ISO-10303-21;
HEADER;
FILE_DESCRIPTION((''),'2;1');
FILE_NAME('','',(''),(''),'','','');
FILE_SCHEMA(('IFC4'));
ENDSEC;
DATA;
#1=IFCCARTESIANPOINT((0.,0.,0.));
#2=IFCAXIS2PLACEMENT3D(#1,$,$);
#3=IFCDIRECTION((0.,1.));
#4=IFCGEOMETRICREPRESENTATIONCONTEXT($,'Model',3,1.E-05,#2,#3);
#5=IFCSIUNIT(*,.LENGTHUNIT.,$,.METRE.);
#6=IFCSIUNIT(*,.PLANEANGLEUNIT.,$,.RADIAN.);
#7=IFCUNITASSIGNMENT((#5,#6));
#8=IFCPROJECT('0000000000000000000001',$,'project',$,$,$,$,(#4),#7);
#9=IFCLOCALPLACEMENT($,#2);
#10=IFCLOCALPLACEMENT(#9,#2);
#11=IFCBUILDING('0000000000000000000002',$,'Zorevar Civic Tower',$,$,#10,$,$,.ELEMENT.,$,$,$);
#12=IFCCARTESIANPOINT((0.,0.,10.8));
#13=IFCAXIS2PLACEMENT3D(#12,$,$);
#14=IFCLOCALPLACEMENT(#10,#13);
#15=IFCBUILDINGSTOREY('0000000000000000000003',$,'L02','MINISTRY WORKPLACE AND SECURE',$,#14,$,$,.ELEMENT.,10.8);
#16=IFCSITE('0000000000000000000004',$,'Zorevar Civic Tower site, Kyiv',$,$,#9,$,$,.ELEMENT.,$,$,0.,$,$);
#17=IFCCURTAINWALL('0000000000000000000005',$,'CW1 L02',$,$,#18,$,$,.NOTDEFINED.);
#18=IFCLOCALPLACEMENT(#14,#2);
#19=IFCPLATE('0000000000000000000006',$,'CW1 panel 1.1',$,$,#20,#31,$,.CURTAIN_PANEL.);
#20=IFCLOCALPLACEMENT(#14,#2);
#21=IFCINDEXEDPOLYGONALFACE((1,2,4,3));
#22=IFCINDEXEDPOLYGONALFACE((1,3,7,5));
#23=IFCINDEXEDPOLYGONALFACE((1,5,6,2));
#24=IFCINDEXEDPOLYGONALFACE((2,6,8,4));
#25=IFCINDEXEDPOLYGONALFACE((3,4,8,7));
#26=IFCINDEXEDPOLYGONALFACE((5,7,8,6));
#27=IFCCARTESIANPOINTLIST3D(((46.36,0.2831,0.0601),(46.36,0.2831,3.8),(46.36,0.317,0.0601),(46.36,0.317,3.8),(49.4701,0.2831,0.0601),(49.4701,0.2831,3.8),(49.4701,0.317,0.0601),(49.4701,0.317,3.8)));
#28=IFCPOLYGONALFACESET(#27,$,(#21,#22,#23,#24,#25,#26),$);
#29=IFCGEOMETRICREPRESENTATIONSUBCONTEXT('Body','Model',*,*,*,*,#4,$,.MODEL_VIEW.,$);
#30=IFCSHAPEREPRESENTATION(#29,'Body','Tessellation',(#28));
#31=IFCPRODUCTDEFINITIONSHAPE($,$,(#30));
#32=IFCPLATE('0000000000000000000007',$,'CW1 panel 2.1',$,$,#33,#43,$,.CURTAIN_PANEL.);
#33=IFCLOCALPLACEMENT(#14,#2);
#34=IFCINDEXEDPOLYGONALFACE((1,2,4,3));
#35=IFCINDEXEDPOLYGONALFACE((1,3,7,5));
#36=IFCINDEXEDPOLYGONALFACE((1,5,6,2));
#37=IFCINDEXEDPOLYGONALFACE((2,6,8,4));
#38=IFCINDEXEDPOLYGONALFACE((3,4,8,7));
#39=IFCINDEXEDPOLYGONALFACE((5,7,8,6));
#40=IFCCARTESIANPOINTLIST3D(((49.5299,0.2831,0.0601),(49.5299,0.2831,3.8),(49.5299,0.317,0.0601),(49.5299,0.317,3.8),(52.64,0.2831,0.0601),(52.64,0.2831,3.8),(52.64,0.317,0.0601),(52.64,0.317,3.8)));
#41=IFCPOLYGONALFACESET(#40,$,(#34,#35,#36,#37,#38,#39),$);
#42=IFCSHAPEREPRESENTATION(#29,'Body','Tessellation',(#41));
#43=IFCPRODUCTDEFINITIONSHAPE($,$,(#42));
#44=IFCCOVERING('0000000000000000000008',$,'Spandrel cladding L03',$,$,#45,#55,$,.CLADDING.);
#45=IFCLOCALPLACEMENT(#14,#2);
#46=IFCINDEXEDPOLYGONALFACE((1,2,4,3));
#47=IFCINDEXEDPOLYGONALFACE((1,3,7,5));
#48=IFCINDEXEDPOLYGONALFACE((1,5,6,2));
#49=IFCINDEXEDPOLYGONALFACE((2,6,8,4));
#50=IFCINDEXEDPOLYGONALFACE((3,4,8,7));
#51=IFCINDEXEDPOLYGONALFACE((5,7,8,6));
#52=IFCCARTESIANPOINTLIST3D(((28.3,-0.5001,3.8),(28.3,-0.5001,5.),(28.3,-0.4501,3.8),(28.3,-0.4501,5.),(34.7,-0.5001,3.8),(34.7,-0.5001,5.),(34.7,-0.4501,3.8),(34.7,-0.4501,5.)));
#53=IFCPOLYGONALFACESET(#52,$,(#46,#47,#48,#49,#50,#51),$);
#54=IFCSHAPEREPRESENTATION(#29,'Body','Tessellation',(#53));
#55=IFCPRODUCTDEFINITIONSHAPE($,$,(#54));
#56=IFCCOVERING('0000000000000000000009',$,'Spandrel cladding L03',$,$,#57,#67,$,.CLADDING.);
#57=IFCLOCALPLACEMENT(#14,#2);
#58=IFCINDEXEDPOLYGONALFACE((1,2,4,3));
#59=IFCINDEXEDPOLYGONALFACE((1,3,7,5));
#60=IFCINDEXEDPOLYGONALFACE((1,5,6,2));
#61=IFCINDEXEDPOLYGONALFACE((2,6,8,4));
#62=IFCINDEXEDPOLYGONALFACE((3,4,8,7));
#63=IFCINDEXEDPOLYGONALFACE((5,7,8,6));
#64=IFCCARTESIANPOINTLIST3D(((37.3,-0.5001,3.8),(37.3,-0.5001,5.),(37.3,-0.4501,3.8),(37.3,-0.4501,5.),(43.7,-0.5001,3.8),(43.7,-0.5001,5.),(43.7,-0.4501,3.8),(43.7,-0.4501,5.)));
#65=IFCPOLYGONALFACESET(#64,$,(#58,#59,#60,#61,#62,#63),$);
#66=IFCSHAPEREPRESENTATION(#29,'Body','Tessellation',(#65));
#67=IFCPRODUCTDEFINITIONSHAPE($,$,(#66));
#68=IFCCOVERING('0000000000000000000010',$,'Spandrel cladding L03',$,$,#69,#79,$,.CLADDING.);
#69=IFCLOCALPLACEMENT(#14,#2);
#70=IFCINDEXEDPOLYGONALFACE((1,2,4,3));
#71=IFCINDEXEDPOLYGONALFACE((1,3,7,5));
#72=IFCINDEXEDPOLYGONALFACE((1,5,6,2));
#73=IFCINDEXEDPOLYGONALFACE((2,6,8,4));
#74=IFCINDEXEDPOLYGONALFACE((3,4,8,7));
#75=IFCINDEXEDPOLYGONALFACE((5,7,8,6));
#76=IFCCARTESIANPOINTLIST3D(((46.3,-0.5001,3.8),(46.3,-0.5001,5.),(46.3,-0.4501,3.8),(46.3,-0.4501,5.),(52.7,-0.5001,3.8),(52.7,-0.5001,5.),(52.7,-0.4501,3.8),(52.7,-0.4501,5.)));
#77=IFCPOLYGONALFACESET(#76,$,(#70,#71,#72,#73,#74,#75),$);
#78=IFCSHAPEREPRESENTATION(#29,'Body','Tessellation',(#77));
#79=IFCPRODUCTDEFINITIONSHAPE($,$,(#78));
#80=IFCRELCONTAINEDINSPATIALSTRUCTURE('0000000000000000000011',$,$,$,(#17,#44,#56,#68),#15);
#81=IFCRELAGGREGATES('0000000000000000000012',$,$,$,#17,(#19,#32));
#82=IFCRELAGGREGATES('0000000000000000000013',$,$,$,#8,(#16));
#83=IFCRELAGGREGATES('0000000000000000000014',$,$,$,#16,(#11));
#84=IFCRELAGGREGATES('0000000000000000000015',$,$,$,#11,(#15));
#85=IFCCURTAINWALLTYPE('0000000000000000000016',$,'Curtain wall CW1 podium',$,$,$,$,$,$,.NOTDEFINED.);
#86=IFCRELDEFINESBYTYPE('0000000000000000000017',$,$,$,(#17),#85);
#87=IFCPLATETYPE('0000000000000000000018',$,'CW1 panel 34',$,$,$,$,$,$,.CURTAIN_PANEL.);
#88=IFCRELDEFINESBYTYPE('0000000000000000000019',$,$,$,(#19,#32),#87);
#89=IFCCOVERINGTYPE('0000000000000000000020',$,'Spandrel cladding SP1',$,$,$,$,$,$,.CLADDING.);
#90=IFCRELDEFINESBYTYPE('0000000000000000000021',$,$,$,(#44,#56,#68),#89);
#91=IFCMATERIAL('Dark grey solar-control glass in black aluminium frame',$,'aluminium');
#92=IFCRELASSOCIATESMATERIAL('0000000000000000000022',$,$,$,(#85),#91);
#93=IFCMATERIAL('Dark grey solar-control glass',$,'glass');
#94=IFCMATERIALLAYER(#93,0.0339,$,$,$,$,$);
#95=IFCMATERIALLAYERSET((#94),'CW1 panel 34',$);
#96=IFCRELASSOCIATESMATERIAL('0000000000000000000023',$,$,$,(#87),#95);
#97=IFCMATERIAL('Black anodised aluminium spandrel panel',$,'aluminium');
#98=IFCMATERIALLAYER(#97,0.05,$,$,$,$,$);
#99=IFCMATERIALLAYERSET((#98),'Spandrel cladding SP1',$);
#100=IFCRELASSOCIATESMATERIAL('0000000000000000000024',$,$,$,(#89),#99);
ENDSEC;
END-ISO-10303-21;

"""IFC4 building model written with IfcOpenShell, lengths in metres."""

from ifc_helpers import new_model, si_unit, direction, frame, frame_2d, origin, origin_2d, place, context, subcontext, project, spatial, rectangle, extrude, material, layer, layer_set, type_object, element, aggregate, save


model = new_model("IFC4")

# Units and contexts
model_context = context("Model", 3, precision=1e-05, world=origin(), true_north=direction((0.0, 1.0)))
body_context = subcontext(model_context, "Body", "Model", "MODEL_VIEW")
ifc_project = project(units=[si_unit("LENGTHUNIT", "METRE"), si_unit("PLANEANGLEUNIT", "RADIAN")], contexts=[model_context])

# Site, building, storey
site_placement = place(None, origin())
site = spatial("IfcSite", under=ifc_project, at=site_placement, Name="Zorevar Civic Tower site, Kyiv", CompositionType="ELEMENT", RefElevation=0.0)
building_placement = place(site_placement, origin())
building = spatial("IfcBuilding", under=site, at=building_placement, Name="Zorevar Civic Tower", CompositionType="ELEMENT")
storey_placement = place(building_placement, frame((0.0, 0.0, 10.8)))
storey = spatial("IfcBuildingStorey", under=building, at=storey_placement, Name="L02", Description="MINISTRY WORKPLACE AND SECURE", CompositionType="ELEMENT", Elevation=10.8)

# Curtain wall
ifc_material_1 = material(Name="Dark grey solar-control glass in black aluminium frame", Category="aluminium")
curtain_wall_type = type_object("IfcCurtainWallType", Name="Curtain wall CW1 podium", PredefinedType="NOTDEFINED", material=ifc_material_1)
curtain_wall_1_placement = place(storey_placement, origin())
curtain_wall_1 = element("IfcCurtainWall", 1, at=curtain_wall_1_placement, inside=storey, type_object=curtain_wall_type, Name="CW1 L02", PredefinedType="NOTDEFINED")

# Plates
ifc_material_2 = material(Name="Dark grey solar-control glass", Category="glass")
ifc_layer_1 = layer(ifc_material_2, 0.0339)
ifc_layer_set_1 = layer_set([ifc_layer_1], Name="CW1 panel 34")
plate_type = type_object("IfcPlateType", Name="CW1 panel 34", PredefinedType="CURTAIN_PANEL", material=ifc_layer_set_1)
plate_1_placement = place(storey_placement, frame((47.915, 0.3, 0.0601), z_axis=(0.0, 0.0, 1.0), x_axis=(1.0, 0.0, 0.0)))
plate_1 = element("IfcPlate", 2, at=plate_1_placement, type_object=plate_type, Name="CW1 panel 1.1", PredefinedType="CURTAIN_PANEL", context=body_context, shape_type="SweptSolid", body=[
    extrude(rectangle(XDim=3.1101, YDim=0.0339, at=origin_2d()), origin(), (0.0, 0.0, 1.0), 3.74),
])
plate_2_placement = place(storey_placement, frame((51.085, 0.3, 0.0601), z_axis=(0.0, 0.0, 1.0), x_axis=(1.0, 0.0, 0.0)))
plate_2 = element("IfcPlate", 3, at=plate_2_placement, type_object=plate_type, Name="CW1 panel 2.1", PredefinedType="CURTAIN_PANEL", context=body_context, shape_type="SweptSolid", body=[
    extrude(rectangle(XDim=3.1101, YDim=0.0339, at=origin_2d()), origin(), (0.0, 0.0, 1.0), 3.74),
])
aggregate(curtain_wall_1, [plate_1, plate_2])

# Coverings
ifc_material_3 = material(Name="Black anodised aluminium spandrel panel", Category="aluminium")
ifc_layer_2 = layer(ifc_material_3, 0.05)
ifc_layer_set_2 = layer_set([ifc_layer_2], Name="Spandrel cladding SP1")
covering_type = type_object("IfcCoveringType", Name="Spandrel cladding SP1", PredefinedType="CLADDING", material=ifc_layer_set_2)
for number, where, z_axis, x_axis, name in (
    (4, (28.3, -0.4751, 3.8), (0.0, 0.0, 1.0), (1.0, 0.0, 0.0), "Spandrel cladding L03"),
    (5, (37.3, -0.4751, 3.8), (0.0, 0.0, 1.0), (1.0, 0.0, 0.0), "Spandrel cladding L03"),
    (6, (46.3, -0.4751, 3.8), (0.0, 0.0, 1.0), (1.0, 0.0, 0.0), "Spandrel cladding L03"),
):
    element("IfcCovering", number, at=place(storey_placement, frame(where, z_axis=z_axis, x_axis=x_axis)), inside=storey, type_object=covering_type, Name=name, PredefinedType="CLADDING", context=body_context, shape_type="SweptSolid", body=[
        extrude(rectangle(XDim=6.3999, YDim=0.05, at=frame_2d((3.2, 0.0))), origin(), (0.0, 0.0, 1.0), 1.2),
    ])

save(model, "model.ifc")
